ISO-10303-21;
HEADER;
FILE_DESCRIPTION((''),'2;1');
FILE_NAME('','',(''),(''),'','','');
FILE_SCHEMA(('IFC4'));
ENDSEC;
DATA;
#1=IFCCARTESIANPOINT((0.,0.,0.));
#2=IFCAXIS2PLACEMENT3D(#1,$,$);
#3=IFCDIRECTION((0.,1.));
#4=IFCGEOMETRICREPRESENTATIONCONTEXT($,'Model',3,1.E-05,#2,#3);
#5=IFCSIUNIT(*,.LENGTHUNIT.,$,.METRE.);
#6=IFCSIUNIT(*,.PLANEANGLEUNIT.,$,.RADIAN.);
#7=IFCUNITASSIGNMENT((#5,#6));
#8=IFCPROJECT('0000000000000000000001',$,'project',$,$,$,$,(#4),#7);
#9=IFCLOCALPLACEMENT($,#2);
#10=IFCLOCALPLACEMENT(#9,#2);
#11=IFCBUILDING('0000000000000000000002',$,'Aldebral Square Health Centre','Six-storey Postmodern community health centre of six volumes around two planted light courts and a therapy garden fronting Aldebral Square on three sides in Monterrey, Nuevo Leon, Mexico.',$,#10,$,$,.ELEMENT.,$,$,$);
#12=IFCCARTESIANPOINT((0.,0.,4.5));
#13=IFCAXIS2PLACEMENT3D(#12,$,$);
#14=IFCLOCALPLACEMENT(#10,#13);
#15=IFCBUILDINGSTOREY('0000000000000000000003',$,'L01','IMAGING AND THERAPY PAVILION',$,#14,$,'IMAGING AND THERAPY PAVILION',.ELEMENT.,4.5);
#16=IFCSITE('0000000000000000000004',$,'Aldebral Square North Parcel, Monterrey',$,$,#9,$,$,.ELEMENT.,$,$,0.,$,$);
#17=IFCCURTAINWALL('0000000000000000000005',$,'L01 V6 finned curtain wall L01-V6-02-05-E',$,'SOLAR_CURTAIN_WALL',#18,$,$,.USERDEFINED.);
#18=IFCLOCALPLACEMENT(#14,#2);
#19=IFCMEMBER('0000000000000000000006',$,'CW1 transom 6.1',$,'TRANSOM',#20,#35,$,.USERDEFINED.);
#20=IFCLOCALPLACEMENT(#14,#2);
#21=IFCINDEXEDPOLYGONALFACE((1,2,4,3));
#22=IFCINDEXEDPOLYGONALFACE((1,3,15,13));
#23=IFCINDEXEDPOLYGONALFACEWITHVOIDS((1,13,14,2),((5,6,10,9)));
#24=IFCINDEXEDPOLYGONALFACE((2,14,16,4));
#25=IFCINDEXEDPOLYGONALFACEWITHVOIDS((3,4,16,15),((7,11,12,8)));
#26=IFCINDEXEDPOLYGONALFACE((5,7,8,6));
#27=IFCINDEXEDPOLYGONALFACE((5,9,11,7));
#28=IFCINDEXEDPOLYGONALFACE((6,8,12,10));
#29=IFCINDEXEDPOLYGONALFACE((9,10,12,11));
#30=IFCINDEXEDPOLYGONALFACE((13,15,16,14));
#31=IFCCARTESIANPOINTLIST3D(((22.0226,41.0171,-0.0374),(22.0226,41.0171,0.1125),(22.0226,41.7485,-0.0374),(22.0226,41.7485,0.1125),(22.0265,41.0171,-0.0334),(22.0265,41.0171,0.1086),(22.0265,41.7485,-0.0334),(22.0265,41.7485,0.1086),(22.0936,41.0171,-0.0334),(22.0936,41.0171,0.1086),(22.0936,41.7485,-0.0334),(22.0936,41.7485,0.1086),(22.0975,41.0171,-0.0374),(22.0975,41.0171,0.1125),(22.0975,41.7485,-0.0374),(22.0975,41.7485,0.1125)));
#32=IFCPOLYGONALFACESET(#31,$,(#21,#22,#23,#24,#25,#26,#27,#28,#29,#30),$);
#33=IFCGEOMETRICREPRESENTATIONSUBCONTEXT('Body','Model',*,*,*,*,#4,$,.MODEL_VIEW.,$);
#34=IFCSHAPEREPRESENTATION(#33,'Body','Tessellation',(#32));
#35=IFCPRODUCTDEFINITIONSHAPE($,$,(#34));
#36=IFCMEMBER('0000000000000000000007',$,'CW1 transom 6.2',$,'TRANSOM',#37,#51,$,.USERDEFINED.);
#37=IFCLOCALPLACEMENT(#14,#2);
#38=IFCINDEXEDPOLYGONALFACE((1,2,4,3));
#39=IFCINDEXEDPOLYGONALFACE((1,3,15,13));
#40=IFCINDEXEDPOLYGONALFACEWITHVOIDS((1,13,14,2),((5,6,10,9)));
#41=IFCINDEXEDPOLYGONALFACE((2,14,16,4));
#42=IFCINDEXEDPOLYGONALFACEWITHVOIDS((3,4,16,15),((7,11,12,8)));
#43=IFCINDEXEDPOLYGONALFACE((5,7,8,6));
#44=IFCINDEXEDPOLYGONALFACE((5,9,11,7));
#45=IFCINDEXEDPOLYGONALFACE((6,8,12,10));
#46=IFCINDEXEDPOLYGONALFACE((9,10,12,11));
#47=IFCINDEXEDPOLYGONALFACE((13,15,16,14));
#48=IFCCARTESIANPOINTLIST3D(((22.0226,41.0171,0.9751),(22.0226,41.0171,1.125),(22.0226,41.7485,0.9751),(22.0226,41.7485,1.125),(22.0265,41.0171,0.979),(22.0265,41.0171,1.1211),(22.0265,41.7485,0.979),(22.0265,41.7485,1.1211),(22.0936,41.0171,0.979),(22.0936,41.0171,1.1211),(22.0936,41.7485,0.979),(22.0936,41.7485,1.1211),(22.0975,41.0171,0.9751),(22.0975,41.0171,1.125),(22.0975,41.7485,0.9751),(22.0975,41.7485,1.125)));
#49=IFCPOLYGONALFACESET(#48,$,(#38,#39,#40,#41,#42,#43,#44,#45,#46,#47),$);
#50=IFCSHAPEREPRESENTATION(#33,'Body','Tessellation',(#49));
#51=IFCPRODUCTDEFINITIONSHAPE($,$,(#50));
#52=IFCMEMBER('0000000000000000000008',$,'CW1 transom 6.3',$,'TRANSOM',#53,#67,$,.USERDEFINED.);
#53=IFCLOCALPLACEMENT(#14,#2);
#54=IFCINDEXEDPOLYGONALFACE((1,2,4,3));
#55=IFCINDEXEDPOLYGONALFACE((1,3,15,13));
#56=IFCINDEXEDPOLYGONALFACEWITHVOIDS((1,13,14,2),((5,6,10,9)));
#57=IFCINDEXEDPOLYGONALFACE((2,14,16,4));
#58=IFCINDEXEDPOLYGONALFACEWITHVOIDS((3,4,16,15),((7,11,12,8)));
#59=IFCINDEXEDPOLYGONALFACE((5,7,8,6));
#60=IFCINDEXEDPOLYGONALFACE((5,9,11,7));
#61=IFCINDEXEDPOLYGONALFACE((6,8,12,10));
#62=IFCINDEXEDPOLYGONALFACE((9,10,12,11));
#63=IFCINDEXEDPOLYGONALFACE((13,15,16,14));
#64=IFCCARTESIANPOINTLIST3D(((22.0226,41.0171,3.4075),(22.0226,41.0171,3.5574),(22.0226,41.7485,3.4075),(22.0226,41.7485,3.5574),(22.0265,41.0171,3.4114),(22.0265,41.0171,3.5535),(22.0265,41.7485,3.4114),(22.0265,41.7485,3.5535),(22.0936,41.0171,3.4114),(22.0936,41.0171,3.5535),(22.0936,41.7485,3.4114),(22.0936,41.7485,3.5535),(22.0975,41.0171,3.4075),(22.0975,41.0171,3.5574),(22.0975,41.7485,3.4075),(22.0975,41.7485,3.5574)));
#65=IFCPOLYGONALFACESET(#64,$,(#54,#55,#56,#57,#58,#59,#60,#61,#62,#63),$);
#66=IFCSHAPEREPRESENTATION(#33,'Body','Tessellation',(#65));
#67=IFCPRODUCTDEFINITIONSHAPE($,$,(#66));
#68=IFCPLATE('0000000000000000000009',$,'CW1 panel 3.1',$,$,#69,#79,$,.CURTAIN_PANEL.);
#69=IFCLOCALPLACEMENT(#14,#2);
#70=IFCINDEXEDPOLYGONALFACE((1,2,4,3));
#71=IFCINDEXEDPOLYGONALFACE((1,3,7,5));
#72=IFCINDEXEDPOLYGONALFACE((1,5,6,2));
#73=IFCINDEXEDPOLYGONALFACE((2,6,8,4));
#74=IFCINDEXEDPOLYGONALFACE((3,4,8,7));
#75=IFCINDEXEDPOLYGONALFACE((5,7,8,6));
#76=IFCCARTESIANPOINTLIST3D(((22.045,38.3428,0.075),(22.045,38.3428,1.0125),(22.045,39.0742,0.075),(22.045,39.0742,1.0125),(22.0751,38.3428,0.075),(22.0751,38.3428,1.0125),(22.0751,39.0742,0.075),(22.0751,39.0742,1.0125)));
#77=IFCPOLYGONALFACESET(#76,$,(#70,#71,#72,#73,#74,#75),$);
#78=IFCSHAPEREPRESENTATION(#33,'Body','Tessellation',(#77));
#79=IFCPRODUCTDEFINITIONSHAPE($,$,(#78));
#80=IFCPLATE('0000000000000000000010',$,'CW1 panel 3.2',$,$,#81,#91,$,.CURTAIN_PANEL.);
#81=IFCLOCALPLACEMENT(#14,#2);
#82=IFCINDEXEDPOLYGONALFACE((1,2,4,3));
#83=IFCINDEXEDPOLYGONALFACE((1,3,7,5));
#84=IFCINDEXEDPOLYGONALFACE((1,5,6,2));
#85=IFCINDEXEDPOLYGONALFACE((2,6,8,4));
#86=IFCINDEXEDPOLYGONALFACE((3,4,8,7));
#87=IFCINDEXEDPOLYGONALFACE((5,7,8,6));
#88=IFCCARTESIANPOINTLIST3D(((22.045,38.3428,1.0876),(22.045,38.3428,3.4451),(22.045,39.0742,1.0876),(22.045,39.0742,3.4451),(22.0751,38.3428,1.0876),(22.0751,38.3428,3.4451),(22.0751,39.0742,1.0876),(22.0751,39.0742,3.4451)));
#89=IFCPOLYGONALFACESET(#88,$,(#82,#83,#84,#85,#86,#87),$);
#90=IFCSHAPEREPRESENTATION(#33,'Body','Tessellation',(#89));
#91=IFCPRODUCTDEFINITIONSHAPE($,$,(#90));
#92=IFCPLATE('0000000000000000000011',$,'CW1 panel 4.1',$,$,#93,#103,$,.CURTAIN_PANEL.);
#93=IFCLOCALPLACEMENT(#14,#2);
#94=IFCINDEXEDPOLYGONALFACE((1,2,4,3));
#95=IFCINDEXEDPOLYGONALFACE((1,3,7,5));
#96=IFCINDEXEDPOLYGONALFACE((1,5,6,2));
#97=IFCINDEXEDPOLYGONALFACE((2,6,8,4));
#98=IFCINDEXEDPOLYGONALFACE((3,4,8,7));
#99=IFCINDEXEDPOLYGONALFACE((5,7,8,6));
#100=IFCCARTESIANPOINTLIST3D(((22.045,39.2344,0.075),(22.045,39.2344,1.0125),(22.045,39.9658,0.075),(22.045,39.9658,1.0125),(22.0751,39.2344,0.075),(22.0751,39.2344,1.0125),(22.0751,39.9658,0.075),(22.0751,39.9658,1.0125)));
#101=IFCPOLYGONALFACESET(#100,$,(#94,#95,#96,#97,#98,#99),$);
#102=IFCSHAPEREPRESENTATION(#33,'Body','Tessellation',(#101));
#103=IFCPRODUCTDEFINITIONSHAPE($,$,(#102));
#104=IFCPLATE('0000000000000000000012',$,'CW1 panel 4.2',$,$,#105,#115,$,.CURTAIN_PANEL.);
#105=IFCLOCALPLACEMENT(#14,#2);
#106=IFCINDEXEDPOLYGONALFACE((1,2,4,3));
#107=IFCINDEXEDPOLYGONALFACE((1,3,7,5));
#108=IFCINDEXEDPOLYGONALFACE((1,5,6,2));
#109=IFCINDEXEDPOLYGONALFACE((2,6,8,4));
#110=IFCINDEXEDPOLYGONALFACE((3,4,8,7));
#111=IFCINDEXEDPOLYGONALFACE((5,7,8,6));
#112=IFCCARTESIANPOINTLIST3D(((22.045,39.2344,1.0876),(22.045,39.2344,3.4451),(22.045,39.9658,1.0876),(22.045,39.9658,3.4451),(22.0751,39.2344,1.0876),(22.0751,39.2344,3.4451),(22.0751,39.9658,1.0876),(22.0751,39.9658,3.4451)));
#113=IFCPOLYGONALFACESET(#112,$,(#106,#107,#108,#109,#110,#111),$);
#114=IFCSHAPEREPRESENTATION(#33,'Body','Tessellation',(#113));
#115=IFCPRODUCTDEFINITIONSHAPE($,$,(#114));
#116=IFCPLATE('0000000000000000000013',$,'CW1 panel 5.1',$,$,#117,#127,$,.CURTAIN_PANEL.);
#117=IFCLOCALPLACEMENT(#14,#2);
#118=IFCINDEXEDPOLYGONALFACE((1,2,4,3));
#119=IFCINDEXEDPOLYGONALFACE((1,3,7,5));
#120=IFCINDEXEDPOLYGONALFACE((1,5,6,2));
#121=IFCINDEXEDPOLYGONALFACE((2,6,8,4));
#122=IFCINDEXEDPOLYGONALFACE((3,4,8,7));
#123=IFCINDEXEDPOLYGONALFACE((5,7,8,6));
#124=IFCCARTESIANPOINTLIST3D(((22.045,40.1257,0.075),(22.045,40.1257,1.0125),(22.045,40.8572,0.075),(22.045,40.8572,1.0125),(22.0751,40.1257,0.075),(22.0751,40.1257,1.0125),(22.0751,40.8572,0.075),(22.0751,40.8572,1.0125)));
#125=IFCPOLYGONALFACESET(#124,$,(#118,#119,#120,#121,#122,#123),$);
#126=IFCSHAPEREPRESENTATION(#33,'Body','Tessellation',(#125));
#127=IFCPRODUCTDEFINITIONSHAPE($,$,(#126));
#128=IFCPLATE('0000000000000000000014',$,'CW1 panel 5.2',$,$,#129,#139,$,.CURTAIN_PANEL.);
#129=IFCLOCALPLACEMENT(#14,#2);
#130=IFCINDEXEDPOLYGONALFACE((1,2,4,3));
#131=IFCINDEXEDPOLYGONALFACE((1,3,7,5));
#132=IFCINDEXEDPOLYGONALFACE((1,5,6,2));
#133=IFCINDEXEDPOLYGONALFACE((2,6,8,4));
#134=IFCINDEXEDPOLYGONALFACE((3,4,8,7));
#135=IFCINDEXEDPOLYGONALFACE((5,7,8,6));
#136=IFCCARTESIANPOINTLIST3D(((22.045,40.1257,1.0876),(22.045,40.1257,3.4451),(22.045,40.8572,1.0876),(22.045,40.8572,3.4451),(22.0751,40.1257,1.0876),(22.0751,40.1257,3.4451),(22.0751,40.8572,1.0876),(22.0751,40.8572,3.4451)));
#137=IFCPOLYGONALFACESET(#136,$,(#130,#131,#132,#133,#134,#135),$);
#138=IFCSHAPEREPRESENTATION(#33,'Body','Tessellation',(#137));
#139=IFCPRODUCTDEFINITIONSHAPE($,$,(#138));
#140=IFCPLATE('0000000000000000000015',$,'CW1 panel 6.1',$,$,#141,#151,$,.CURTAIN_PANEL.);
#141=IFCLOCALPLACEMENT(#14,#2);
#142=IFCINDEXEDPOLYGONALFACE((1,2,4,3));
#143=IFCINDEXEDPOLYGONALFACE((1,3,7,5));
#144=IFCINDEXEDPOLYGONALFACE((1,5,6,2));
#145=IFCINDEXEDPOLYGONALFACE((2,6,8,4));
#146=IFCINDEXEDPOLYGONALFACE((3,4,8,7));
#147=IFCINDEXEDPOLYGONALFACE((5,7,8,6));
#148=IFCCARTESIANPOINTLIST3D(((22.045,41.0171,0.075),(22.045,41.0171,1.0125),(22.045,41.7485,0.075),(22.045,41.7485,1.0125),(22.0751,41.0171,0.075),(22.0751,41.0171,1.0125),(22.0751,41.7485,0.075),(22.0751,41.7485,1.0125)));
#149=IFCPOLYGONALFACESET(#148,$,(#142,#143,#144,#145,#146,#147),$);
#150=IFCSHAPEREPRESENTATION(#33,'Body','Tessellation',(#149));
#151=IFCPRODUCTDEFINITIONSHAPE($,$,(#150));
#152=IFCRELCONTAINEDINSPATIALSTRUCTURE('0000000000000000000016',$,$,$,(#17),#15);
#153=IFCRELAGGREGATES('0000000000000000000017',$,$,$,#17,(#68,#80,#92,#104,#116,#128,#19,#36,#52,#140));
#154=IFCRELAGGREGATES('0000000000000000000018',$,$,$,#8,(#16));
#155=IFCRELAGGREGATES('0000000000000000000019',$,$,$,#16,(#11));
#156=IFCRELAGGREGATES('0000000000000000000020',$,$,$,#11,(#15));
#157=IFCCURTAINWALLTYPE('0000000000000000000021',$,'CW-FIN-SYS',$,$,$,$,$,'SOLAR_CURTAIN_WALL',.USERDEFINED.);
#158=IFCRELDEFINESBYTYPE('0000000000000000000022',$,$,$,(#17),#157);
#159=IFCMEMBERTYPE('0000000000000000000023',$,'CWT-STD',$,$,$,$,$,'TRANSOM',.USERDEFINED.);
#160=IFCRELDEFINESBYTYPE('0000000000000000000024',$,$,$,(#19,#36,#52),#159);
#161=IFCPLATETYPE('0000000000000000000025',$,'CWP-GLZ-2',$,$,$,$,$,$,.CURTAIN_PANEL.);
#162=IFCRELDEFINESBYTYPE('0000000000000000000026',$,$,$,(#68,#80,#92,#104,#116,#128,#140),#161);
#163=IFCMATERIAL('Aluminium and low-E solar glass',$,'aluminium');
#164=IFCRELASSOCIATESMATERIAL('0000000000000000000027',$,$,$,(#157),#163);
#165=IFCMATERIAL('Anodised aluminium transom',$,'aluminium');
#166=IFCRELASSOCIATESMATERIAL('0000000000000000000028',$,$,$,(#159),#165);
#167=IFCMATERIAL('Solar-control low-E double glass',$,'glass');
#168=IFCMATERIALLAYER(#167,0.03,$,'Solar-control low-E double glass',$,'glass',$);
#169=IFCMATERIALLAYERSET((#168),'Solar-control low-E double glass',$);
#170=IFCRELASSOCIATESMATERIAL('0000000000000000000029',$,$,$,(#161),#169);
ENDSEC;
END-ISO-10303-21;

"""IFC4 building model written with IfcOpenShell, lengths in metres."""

from ifc_helpers import new_model, si_unit, direction, frame, origin, origin_2d, place, context, subcontext, project, spatial, rectangle, hollow_rectangle, extrude, material, layer, layer_set, material_profile, profile_set, type_object, element, aggregate, save


model = new_model("IFC4")

# Units and contexts
model_context = context("Model", 3, precision=1e-05, world=origin(), true_north=direction((0.0, 1.0)))
body_context = subcontext(model_context, "Body", "Model", "MODEL_VIEW")
ifc_project = project(units=[si_unit("LENGTHUNIT", "METRE"), si_unit("PLANEANGLEUNIT", "RADIAN")], contexts=[model_context])

# Site, building, storey
site_placement = place(None, origin())
site = spatial("IfcSite", under=ifc_project, at=site_placement, Name="Aldebral Square North Parcel, Monterrey", CompositionType="ELEMENT", RefElevation=0.0)
building_placement = place(site_placement, origin())
building = spatial("IfcBuilding", under=site, at=building_placement, Name="Aldebral Square Health Centre", Description="Six-storey Postmodern community health centre of six volumes around two planted light courts and a therapy garden fronting Aldebral Square on three sides in Monterrey, Nuevo Leon, Mexico.", CompositionType="ELEMENT")
storey_placement = place(building_placement, frame((0.0, 0.0, 4.5)))
storey = spatial("IfcBuildingStorey", under=building, at=storey_placement, Name="L01", Description="IMAGING AND THERAPY PAVILION", LongName="IMAGING AND THERAPY PAVILION", CompositionType="ELEMENT", Elevation=4.5)

# Curtain wall, members, plates
ifc_material_1 = material(Name="Aluminium and low-E solar glass", Category="aluminium")
curtain_wall_type = type_object("IfcCurtainWallType", Name="CW-FIN-SYS", ElementType="SOLAR_CURTAIN_WALL", PredefinedType="USERDEFINED", material=ifc_material_1)
curtain_wall_placement = place(storey_placement, origin())
curtain_wall = element("IfcCurtainWall", 1, at=curtain_wall_placement, inside=storey, type_object=curtain_wall_type, Name="L01 V6 finned curtain wall L01-V6-02-05-E", ObjectType="SOLAR_CURTAIN_WALL", PredefinedType="USERDEFINED")
ifc_material_2 = material(Name="Anodised aluminium transom", Category="aluminium")
ifc_material_profile_1 = material_profile(ifc_material_2, hollow_rectangle(XDim=0.075, YDim=0.1499, WallThickness=0.0039, at=origin_2d()), Name="CWT 75x150x4")
ifc_profile_set_1 = profile_set([ifc_material_profile_1], Name="Anodised aluminium transom")
member_type_1 = type_object("IfcMemberType", Name="CWT-STD", ElementType="TRANSOM", PredefinedType="USERDEFINED", material=ifc_profile_set_1)
member_1_placement = place(storey_placement, frame((22.0601, 41.0171, 0.0376), z_axis=(0.0, 1.0, 0.0), x_axis=(-1.0, 0.0, 0.0)))
member_1 = element("IfcMember", 2, at=member_1_placement, type_object=member_type_1, Name="CW1 transom 6.1", ObjectType="TRANSOM", PredefinedType="USERDEFINED", context=body_context, shape_type="SweptSolid", body=[
    extrude(hollow_rectangle(XDim=0.075, YDim=0.1499, WallThickness=0.0039, at=origin_2d()), origin(), (0.0, 0.0, 1.0), 0.7314),
])
member_2_placement = place(storey_placement, frame((22.0601, 41.0171, 1.05), z_axis=(0.0, 1.0, 0.0), x_axis=(-1.0, 0.0, 0.0)))
member_2 = element("IfcMember", 3, at=member_2_placement, type_object=member_type_1, Name="CW1 transom 6.2", ObjectType="TRANSOM", PredefinedType="USERDEFINED", context=body_context, shape_type="SweptSolid", body=[
    extrude(hollow_rectangle(XDim=0.075, YDim=0.1499, WallThickness=0.0039, at=origin_2d()), origin(), (0.0, 0.0, 1.0), 0.7314),
])
member_3_placement = place(storey_placement, frame((22.0601, 41.0171, 3.4824), z_axis=(0.0, 1.0, 0.0), x_axis=(-1.0, 0.0, 0.0)))
member_3 = element("IfcMember", 4, at=member_3_placement, type_object=member_type_1, Name="CW1 transom 6.3", ObjectType="TRANSOM", PredefinedType="USERDEFINED", context=body_context, shape_type="SweptSolid", body=[
    extrude(hollow_rectangle(XDim=0.075, YDim=0.1499, WallThickness=0.0039, at=origin_2d()), origin(), (0.0, 0.0, 1.0), 0.7314),
])
ifc_material_3 = material(Name="Solar-control low-E double glass", Category="glass")
ifc_layer = layer(ifc_material_3, 0.03, Name="Solar-control low-E double glass", Category="glass")
ifc_layer_set = layer_set([ifc_layer], Name="Solar-control low-E double glass")
plate_type = type_object("IfcPlateType", Name="CWP-GLZ-2", PredefinedType="CURTAIN_PANEL", material=ifc_layer_set)
plate_1_placement = place(storey_placement, frame((22.0601, 38.7085, 0.075), z_axis=(0.0, 0.0, 1.0), x_axis=(0.0, 1.0, 0.0)))
plate_1 = element("IfcPlate", 5, at=plate_1_placement, type_object=plate_type, Name="CW1 panel 3.1", PredefinedType="CURTAIN_PANEL", context=body_context, shape_type="SweptSolid", body=[
    extrude(rectangle(XDim=0.7314, YDim=0.03, at=origin_2d()), origin(), (0.0, 0.0, 1.0), 0.9375),
])
plate_2_placement = place(storey_placement, frame((22.0601, 38.7085, 1.0876), z_axis=(0.0, 0.0, 1.0), x_axis=(0.0, 1.0, 0.0)))
plate_2 = element("IfcPlate", 6, at=plate_2_placement, type_object=plate_type, Name="CW1 panel 3.2", PredefinedType="CURTAIN_PANEL", context=body_context, shape_type="SweptSolid", body=[
    extrude(rectangle(XDim=0.7314, YDim=0.03, at=origin_2d()), origin(), (0.0, 0.0, 1.0), 2.3574),
])
plate_3_placement = place(storey_placement, frame((22.0601, 39.6001, 0.075), z_axis=(0.0, 0.0, 1.0), x_axis=(0.0, 1.0, 0.0)))
plate_3 = element("IfcPlate", 7, at=plate_3_placement, type_object=plate_type, Name="CW1 panel 4.1", PredefinedType="CURTAIN_PANEL", context=body_context, shape_type="SweptSolid", body=[
    extrude(rectangle(XDim=0.7314, YDim=0.03, at=origin_2d()), origin(), (0.0, 0.0, 1.0), 0.9375),
])
plate_4_placement = place(storey_placement, frame((22.0601, 39.6001, 1.0876), z_axis=(0.0, 0.0, 1.0), x_axis=(0.0, 1.0, 0.0)))
plate_4 = element("IfcPlate", 8, at=plate_4_placement, type_object=plate_type, Name="CW1 panel 4.2", PredefinedType="CURTAIN_PANEL", context=body_context, shape_type="SweptSolid", body=[
    extrude(rectangle(XDim=0.7314, YDim=0.03, at=origin_2d()), origin(), (0.0, 0.0, 1.0), 2.3574),
])
plate_5_placement = place(storey_placement, frame((22.0601, 40.4915, 0.075), z_axis=(0.0, 0.0, 1.0), x_axis=(0.0, 1.0, 0.0)))
plate_5 = element("IfcPlate", 9, at=plate_5_placement, type_object=plate_type, Name="CW1 panel 5.1", PredefinedType="CURTAIN_PANEL", context=body_context, shape_type="SweptSolid", body=[
    extrude(rectangle(XDim=0.7314, YDim=0.03, at=origin_2d()), origin(), (0.0, 0.0, 1.0), 0.9375),
])
plate_6_placement = place(storey_placement, frame((22.0601, 40.4915, 1.0876), z_axis=(0.0, 0.0, 1.0), x_axis=(0.0, 1.0, 0.0)))
plate_6 = element("IfcPlate", 10, at=plate_6_placement, type_object=plate_type, Name="CW1 panel 5.2", PredefinedType="CURTAIN_PANEL", context=body_context, shape_type="SweptSolid", body=[
    extrude(rectangle(XDim=0.7314, YDim=0.03, at=origin_2d()), origin(), (0.0, 0.0, 1.0), 2.3574),
])
plate_7_placement = place(storey_placement, frame((22.0601, 41.3828, 0.075), z_axis=(0.0, 0.0, 1.0), x_axis=(0.0, 1.0, 0.0)))
plate_7 = element("IfcPlate", 11, at=plate_7_placement, type_object=plate_type, Name="CW1 panel 6.1", PredefinedType="CURTAIN_PANEL", context=body_context, shape_type="SweptSolid", body=[
    extrude(rectangle(XDim=0.7314, YDim=0.03, at=origin_2d()), origin(), (0.0, 0.0, 1.0), 0.9375),
])
aggregate(curtain_wall, [plate_1, plate_2, plate_3, plate_4, plate_5, plate_6, member_1, member_2, member_3, plate_7])

save(model, "model.ifc")
